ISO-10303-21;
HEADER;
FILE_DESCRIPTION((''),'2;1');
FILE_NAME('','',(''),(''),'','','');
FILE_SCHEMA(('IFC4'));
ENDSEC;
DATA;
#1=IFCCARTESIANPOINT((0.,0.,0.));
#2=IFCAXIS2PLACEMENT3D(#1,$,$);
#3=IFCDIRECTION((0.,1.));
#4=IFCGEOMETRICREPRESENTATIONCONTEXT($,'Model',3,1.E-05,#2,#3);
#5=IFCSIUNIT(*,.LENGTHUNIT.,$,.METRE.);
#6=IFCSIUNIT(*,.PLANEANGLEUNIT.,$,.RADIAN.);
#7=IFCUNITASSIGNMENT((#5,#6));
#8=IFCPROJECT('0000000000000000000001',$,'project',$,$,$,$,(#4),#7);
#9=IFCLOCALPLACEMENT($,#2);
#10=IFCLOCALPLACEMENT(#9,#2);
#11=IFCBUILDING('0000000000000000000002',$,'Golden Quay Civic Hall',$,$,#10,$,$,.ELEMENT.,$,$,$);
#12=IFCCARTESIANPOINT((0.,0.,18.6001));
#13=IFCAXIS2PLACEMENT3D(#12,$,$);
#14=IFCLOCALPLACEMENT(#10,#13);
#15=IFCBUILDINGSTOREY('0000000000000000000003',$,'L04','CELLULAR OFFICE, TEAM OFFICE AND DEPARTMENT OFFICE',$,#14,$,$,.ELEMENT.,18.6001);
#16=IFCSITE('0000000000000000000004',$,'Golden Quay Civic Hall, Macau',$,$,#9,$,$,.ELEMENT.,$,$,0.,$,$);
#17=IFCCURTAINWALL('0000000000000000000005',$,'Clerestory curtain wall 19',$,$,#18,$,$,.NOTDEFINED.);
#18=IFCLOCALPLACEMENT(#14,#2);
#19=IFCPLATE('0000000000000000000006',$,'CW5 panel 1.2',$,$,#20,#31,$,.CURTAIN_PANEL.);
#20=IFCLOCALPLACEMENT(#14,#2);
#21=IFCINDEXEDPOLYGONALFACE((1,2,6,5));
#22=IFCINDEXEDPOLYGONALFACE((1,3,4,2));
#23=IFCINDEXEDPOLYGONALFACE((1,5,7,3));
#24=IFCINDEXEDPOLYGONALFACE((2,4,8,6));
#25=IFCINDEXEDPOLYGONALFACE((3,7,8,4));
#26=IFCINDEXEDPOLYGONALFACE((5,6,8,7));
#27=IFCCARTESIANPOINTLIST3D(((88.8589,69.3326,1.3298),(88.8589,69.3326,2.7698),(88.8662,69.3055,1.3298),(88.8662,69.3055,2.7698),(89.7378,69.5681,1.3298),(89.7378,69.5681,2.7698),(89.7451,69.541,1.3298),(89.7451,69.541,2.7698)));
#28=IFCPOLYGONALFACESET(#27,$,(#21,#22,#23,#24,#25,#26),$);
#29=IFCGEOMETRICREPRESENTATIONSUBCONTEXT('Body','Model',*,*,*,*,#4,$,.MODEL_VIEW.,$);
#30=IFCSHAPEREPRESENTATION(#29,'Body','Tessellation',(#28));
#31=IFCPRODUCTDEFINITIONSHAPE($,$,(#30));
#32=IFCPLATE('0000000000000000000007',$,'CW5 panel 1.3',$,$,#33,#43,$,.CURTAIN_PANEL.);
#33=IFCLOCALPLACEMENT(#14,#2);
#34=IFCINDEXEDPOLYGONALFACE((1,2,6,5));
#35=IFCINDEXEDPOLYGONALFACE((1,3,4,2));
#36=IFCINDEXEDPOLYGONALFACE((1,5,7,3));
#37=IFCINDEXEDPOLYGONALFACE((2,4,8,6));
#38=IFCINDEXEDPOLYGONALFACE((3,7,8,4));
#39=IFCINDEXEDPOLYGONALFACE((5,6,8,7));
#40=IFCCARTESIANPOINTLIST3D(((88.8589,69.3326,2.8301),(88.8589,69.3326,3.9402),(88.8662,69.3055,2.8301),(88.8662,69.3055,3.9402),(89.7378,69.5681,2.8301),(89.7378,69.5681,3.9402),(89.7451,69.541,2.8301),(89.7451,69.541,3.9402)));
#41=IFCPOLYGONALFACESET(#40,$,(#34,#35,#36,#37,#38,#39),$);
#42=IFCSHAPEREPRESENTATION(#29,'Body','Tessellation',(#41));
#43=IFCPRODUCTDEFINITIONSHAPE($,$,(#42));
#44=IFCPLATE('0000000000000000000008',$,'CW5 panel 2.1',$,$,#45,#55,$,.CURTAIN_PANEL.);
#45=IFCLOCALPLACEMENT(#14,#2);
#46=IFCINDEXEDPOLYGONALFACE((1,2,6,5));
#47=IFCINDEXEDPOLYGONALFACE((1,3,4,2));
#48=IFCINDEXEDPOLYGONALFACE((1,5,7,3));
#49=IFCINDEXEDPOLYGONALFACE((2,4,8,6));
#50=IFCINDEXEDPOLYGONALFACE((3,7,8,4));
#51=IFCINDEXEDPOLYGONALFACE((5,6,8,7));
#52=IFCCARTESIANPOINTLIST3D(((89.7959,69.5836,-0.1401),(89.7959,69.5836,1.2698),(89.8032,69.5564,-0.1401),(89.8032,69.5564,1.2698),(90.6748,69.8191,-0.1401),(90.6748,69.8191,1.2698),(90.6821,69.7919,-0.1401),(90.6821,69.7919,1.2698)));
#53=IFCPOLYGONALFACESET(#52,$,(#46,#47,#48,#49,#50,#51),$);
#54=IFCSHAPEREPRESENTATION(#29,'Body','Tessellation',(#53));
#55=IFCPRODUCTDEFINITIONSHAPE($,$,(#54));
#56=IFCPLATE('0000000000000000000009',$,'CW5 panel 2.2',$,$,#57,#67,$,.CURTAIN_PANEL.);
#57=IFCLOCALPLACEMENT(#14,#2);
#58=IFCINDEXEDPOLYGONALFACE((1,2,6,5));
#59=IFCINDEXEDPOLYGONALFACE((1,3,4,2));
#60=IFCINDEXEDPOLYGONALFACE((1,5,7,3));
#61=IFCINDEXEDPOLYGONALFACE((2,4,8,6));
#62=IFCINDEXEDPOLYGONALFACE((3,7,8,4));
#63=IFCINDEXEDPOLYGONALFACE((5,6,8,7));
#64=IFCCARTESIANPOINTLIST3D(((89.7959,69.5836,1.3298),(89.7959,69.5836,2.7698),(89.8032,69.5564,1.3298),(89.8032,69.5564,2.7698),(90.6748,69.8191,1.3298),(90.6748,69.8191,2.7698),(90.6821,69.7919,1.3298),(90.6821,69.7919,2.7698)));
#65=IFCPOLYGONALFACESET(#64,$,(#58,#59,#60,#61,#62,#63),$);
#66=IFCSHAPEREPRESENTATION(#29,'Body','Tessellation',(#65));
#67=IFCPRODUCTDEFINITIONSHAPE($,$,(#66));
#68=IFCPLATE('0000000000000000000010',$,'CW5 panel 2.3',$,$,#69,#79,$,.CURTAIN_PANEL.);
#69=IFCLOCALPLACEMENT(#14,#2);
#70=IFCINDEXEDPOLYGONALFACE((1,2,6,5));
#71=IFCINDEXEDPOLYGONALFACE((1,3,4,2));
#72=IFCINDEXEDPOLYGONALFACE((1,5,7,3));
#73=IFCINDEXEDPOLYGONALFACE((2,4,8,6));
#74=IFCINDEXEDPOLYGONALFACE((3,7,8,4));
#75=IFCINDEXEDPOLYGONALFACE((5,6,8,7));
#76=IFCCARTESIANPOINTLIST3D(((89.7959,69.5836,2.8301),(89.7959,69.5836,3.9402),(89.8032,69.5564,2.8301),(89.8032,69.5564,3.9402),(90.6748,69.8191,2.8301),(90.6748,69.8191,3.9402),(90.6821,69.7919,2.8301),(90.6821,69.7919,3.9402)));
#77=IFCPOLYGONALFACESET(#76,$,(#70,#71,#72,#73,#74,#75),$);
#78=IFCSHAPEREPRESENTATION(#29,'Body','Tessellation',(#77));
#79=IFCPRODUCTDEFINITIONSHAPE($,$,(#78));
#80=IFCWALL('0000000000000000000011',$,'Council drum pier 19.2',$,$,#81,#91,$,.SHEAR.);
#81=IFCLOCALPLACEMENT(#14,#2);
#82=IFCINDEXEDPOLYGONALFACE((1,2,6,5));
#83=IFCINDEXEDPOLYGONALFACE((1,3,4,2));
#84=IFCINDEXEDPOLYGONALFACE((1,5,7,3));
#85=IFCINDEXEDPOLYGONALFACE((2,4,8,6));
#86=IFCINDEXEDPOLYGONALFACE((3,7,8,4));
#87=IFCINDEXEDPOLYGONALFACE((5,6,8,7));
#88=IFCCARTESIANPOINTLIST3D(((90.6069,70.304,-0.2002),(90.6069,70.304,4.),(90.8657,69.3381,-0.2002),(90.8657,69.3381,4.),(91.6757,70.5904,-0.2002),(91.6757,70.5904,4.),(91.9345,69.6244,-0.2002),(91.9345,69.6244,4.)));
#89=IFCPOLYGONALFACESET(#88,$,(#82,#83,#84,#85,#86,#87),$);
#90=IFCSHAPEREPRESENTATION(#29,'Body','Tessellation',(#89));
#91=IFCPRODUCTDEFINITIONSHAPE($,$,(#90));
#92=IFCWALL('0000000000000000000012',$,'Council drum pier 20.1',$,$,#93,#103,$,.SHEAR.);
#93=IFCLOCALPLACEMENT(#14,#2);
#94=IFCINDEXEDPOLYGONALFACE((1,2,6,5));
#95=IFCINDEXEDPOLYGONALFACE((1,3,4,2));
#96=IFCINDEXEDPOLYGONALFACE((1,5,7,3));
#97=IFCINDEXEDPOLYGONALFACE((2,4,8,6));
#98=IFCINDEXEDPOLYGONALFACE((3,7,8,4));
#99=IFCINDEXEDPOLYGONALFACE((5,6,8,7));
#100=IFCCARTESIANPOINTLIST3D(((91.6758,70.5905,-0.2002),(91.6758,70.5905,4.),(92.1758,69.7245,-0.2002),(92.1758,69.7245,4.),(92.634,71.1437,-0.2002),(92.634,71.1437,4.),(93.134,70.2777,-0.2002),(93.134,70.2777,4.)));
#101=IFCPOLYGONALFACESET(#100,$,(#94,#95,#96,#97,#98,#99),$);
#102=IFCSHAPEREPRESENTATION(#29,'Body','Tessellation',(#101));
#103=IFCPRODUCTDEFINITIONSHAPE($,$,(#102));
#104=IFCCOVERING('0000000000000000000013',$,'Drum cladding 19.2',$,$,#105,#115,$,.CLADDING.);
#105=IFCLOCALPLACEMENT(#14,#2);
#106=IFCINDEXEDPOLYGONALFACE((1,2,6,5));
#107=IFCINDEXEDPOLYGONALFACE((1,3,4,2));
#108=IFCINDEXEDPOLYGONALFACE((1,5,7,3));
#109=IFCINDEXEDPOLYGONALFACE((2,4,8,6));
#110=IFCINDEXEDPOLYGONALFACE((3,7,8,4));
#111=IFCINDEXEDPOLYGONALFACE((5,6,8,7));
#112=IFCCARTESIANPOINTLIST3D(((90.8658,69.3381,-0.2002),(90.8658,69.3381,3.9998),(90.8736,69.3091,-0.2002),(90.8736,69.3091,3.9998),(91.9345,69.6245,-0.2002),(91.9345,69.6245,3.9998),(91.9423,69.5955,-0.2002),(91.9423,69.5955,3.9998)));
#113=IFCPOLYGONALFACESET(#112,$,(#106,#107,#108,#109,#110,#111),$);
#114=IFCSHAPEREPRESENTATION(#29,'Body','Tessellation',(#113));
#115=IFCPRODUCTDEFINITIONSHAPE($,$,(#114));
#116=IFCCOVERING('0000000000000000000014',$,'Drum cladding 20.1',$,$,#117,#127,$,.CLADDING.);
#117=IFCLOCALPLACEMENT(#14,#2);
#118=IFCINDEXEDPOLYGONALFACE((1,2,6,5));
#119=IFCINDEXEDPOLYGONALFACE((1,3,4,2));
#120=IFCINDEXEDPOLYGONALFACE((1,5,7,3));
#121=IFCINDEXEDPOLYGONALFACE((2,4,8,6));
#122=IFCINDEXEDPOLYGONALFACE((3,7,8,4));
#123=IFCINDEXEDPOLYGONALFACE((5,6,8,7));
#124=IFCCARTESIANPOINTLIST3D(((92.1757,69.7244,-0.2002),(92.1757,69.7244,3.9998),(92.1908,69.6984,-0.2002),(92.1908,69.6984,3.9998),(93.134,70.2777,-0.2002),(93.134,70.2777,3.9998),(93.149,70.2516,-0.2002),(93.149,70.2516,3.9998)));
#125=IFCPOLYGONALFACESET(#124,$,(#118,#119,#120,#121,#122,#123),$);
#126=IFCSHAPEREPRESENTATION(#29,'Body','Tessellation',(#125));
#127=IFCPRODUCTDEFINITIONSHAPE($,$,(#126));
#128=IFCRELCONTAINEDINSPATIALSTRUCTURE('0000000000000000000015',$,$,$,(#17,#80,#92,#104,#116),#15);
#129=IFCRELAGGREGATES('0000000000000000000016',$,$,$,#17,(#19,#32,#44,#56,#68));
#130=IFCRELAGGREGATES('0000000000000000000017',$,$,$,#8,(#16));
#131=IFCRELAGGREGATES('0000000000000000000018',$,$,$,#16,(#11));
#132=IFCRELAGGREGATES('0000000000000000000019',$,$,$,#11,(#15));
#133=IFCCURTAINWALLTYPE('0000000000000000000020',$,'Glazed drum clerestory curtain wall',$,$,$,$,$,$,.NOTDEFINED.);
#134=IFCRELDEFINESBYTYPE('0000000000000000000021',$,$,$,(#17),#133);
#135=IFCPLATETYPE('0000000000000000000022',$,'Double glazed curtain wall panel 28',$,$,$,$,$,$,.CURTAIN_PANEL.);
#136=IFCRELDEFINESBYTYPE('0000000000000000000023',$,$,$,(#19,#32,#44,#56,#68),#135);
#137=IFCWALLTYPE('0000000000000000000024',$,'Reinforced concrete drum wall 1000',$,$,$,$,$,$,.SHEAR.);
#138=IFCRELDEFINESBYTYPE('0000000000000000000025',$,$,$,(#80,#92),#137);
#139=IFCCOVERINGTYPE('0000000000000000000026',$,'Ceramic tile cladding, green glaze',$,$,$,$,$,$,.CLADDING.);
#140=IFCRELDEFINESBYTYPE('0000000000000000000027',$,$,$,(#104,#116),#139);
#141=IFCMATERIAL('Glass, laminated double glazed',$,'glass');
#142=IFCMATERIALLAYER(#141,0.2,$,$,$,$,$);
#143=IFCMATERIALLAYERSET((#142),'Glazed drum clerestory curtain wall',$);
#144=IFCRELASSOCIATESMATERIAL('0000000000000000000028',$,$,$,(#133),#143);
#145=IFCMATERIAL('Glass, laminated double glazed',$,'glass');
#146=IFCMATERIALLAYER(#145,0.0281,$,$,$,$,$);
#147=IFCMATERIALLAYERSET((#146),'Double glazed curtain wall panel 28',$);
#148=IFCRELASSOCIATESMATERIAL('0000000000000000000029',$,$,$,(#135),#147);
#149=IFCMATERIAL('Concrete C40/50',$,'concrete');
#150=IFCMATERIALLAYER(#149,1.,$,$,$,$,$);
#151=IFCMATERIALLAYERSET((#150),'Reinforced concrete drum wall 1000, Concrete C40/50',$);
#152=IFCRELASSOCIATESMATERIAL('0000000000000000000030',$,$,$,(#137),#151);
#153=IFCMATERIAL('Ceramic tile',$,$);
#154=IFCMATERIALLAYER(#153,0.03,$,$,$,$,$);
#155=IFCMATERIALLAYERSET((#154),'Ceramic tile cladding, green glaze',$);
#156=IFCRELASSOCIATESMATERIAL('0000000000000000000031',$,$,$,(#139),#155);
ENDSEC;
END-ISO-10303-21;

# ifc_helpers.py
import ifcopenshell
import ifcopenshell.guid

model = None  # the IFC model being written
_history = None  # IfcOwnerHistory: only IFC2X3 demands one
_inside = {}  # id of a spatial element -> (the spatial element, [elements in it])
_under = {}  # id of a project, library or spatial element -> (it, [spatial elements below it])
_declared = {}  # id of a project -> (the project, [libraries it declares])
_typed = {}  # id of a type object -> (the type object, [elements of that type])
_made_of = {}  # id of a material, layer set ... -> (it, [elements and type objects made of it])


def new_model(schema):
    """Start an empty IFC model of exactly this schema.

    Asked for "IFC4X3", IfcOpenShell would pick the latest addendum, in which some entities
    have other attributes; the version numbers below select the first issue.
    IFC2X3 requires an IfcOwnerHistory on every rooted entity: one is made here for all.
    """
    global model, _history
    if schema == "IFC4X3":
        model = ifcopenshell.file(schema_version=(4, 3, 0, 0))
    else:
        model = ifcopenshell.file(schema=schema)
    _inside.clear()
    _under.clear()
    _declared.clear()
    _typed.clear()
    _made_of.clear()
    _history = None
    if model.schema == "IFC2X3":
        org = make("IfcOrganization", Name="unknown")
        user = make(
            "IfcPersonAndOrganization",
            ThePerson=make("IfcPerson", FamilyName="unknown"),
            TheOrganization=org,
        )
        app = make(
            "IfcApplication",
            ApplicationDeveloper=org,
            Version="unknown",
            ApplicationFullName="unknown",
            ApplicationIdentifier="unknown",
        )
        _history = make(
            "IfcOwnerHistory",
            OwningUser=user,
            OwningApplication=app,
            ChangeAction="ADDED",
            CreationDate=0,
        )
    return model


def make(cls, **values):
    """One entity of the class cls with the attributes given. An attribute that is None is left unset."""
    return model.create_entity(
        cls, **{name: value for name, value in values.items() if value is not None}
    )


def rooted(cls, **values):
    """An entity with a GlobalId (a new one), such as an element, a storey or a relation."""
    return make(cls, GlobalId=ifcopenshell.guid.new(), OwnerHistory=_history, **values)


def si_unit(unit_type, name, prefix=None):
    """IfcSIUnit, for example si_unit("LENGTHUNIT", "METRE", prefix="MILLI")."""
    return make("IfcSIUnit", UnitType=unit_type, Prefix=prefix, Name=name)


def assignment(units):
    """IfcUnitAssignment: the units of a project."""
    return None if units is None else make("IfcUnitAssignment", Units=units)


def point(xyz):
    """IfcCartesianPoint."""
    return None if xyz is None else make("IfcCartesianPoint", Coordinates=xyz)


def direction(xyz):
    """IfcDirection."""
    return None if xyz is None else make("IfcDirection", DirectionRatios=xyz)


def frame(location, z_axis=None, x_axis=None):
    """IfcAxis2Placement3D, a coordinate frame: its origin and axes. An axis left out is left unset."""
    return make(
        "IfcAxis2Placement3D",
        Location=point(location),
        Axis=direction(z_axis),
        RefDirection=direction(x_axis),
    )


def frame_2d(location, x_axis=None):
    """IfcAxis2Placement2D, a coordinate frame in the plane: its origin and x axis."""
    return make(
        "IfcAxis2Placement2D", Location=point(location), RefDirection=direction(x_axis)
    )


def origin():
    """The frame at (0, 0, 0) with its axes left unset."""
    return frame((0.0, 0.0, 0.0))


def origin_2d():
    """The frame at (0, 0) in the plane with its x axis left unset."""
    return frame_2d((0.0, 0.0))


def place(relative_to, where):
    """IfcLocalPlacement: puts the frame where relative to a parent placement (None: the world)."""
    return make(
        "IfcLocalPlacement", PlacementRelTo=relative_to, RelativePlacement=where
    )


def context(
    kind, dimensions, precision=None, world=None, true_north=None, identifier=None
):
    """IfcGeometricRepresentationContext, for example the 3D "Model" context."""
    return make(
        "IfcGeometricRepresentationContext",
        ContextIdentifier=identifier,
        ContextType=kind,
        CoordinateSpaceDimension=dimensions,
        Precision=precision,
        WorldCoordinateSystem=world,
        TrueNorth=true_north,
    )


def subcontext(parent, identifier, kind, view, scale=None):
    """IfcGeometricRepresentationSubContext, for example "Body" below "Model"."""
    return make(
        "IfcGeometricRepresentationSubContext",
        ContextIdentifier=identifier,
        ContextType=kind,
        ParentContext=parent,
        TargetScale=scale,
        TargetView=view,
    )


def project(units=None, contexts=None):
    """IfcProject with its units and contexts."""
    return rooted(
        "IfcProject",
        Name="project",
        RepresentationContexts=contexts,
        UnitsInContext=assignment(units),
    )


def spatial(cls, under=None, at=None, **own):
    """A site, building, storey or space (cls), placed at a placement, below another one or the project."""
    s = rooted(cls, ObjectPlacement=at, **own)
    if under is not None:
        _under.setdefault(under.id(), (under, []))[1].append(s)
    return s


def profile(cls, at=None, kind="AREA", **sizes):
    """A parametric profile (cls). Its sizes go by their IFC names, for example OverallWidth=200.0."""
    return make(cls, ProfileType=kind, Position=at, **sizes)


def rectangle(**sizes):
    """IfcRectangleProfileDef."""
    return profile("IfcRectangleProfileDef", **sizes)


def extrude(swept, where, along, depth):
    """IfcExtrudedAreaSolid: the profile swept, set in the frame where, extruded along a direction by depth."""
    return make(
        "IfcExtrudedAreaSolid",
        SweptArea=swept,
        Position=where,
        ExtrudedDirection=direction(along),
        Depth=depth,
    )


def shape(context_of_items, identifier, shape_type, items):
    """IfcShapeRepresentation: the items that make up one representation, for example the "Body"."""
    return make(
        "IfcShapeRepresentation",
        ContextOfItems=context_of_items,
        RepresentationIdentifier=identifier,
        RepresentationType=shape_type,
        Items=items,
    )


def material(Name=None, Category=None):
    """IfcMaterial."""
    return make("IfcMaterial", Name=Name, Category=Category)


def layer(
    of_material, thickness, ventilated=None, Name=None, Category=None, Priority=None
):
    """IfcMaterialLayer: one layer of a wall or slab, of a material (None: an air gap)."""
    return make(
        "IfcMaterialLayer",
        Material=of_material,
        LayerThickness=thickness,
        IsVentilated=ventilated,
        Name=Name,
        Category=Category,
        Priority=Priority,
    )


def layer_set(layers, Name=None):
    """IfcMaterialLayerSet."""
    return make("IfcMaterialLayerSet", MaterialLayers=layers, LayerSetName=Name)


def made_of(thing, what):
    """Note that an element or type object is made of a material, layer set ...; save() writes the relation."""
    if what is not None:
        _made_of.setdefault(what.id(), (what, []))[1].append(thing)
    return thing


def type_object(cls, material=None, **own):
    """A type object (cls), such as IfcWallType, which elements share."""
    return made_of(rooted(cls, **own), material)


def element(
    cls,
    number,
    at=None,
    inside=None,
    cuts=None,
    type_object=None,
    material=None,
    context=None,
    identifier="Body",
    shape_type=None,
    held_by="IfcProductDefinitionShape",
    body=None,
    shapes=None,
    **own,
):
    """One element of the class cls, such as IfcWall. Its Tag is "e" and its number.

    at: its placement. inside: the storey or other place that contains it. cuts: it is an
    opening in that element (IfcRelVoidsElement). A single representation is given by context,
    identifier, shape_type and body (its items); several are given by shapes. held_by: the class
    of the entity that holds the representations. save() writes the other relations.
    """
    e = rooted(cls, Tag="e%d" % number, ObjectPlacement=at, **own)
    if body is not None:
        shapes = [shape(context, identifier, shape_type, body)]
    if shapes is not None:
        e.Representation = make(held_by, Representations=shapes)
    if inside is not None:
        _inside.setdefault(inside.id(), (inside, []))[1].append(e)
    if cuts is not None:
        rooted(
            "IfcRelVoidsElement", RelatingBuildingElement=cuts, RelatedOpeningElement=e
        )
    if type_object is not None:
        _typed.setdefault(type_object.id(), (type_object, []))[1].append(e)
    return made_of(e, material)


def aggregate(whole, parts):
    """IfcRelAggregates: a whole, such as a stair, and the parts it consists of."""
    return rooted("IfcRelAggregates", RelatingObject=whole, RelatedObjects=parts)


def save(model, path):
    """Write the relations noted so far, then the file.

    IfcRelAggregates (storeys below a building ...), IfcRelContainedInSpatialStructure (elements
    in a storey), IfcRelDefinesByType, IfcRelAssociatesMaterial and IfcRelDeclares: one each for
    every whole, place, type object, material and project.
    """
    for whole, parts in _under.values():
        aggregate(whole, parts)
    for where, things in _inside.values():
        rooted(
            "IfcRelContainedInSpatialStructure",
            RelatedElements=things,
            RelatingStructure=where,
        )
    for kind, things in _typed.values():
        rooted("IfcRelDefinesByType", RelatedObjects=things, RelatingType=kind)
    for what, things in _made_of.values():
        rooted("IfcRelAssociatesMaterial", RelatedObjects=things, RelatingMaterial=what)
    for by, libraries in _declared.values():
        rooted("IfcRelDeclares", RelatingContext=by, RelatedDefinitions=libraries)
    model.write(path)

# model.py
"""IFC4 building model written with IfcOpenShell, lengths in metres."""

from ifc_helpers import new_model, si_unit, direction, frame, frame_2d, origin, origin_2d, place, context, subcontext, project, spatial, rectangle, extrude, material, layer, layer_set, type_object, element, aggregate, save


model = new_model("IFC4")

# Units and contexts
model_context = context("Model", 3, precision=1e-05, world=origin(), true_north=direction((0.0, 1.0)))
body_context = subcontext(model_context, "Body", "Model", "MODEL_VIEW")
ifc_project = project(units=[si_unit("LENGTHUNIT", "METRE"), si_unit("PLANEANGLEUNIT", "RADIAN")], contexts=[model_context])

# Site, building, storey
site_placement = place(None, origin())
site = spatial("IfcSite", under=ifc_project, at=site_placement, Name="Golden Quay Civic Hall, Macau", CompositionType="ELEMENT", RefElevation=0.0)
building_placement = place(site_placement, origin())
building = spatial("IfcBuilding", under=site, at=building_placement, Name="Golden Quay Civic Hall", CompositionType="ELEMENT")
storey_placement = place(building_placement, frame((0.0, 0.0, 18.6001)))
storey = spatial("IfcBuildingStorey", under=building, at=storey_placement, Name="L04", Description="CELLULAR OFFICE, TEAM OFFICE AND DEPARTMENT OFFICE", CompositionType="ELEMENT", Elevation=18.6001)

# Curtain wall
ifc_material_1 = material(Name="Glass, laminated double glazed", Category="glass")
ifc_layer_1 = layer(ifc_material_1, 0.2)
ifc_layer_set_1 = layer_set([ifc_layer_1], Name="Glazed drum clerestory curtain wall")
curtain_wall_type = type_object("IfcCurtainWallType", Name="Glazed drum clerestory curtain wall", PredefinedType="NOTDEFINED", material=ifc_layer_set_1)
curtain_wall_1_placement = place(storey_placement, origin())
curtain_wall_1 = element("IfcCurtainWall", 1, at=curtain_wall_1_placement, inside=storey, type_object=curtain_wall_type, Name="Clerestory curtain wall 19", PredefinedType="NOTDEFINED")

# Plates
ifc_material_2 = material(Name="Glass, laminated double glazed", Category="glass")
ifc_layer_2 = layer(ifc_material_2, 0.0281)
ifc_layer_set_2 = layer_set([ifc_layer_2], Name="Double glazed curtain wall panel 28")
plate_type = type_object("IfcPlateType", Name="Double glazed curtain wall panel 28", PredefinedType="CURTAIN_PANEL", material=ifc_layer_set_2)
plate_1_placement = place(storey_placement, frame((89.302, 69.4368, 1.3298), z_axis=(0.0, 0.0, 1.0), x_axis=(0.965929, 0.258808, 0.0)))
plate_1 = element("IfcPlate", 2, at=plate_1_placement, type_object=plate_type, Name="CW5 panel 1.2", PredefinedType="CURTAIN_PANEL", context=body_context, shape_type="SweptSolid", body=[
    extrude(rectangle(XDim=0.9099, YDim=0.0281, at=origin_2d()), origin(), (0.0, 0.0, 1.0), 1.4399),
])
plate_2_placement = place(storey_placement, frame((89.302, 69.4368, 2.8301), z_axis=(0.0, 0.0, 1.0), x_axis=(0.965929, 0.258808, 0.0)))
plate_2 = element("IfcPlate", 3, at=plate_2_placement, type_object=plate_type, Name="CW5 panel 1.3", PredefinedType="CURTAIN_PANEL", context=body_context, shape_type="SweptSolid", body=[
    extrude(rectangle(XDim=0.9099, YDim=0.0281, at=origin_2d()), origin(), (0.0, 0.0, 1.0), 1.1101),
])
plate_3_placement = place(storey_placement, frame((90.239, 69.6877, -0.1401), z_axis=(0.0, 0.0, 1.0), x_axis=(0.965929, 0.258808, 0.0)))
plate_3 = element("IfcPlate", 4, at=plate_3_placement, type_object=plate_type, Name="CW5 panel 2.1", PredefinedType="CURTAIN_PANEL", context=body_context, shape_type="SweptSolid", body=[
    extrude(rectangle(XDim=0.9099, YDim=0.0281, at=origin_2d()), origin(), (0.0, 0.0, 1.0), 1.4099),
])
plate_4_placement = place(storey_placement, frame((90.239, 69.6877, 1.3298), z_axis=(0.0, 0.0, 1.0), x_axis=(0.965929, 0.258808, 0.0)))
plate_4 = element("IfcPlate", 5, at=plate_4_placement, type_object=plate_type, Name="CW5 panel 2.2", PredefinedType="CURTAIN_PANEL", context=body_context, shape_type="SweptSolid", body=[
    extrude(rectangle(XDim=0.9099, YDim=0.0281, at=origin_2d()), origin(), (0.0, 0.0, 1.0), 1.4399),
])
plate_5_placement = place(storey_placement, frame((90.239, 69.6877, 2.8301), z_axis=(0.0, 0.0, 1.0), x_axis=(0.965929, 0.258808, 0.0)))
plate_5 = element("IfcPlate", 6, at=plate_5_placement, type_object=plate_type, Name="CW5 panel 2.3", PredefinedType="CURTAIN_PANEL", context=body_context, shape_type="SweptSolid", body=[
    extrude(rectangle(XDim=0.9099, YDim=0.0281, at=origin_2d()), origin(), (0.0, 0.0, 1.0), 1.1101),
])
aggregate(curtain_wall_1, [plate_1, plate_2, plate_3, plate_4, plate_5])

# Walls
ifc_material_3 = material(Name="Concrete C40/50", Category="concrete")
ifc_layer_3 = layer(ifc_material_3, 1.0)
ifc_layer_set_3 = layer_set([ifc_layer_3], Name="Reinforced concrete drum wall 1000, Concrete C40/50")
wall_type = type_object("IfcWallType", Name="Reinforced concrete drum wall 1000", PredefinedType="SHEAR", material=ifc_layer_set_3)
for number, where, z_axis, x_axis, name in (
    (7, (90.7363, 69.821, -0.2002), (0.0, 0.0, 1.0), (0.96593, 0.258802, 0.0), "Council drum pier 19.2"),
    (8, (91.9258, 70.1575, -0.2002), (0.0, 0.0, 1.0), (0.866035, 0.499983, 0.0), "Council drum pier 20.1"),
):
    element("IfcWall", number, at=place(storey_placement, frame(where, z_axis=z_axis, x_axis=x_axis)), inside=storey, type_object=wall_type, Name=name, PredefinedType="SHEAR", context=body_context, shape_type="SweptSolid", body=[
        extrude(rectangle(XDim=1.1064, YDim=1.0, at=frame_2d((0.5532, 0.0))), origin(), (0.0, 0.0, 1.0), 4.2002),
    ])

# Coverings
ifc_material_4 = material(Name="Ceramic tile")
ifc_layer_4 = layer(ifc_material_4, 0.03)
ifc_layer_set_4 = layer_set([ifc_layer_4], Name="Ceramic tile cladding, green glaze")
covering_type = type_object("IfcCoveringType", Name="Ceramic tile cladding, green glaze", PredefinedType="CLADDING", material=ifc_layer_set_4)
for number, where, z_axis, x_axis, name in (
    (9, (91.4041, 69.4668, -0.2002), (0.0, 0.0, 1.0), (0.965926, 0.258819, 0.0), "Drum cladding 19.2"),
    (10, (92.6624, 69.988, -0.2002), (0.0, 0.0, 1.0), (0.866025, 0.5, 0.0), "Drum cladding 20.1"),
):
    element("IfcCovering", number, at=place(storey_placement, frame(where, z_axis=z_axis, x_axis=x_axis)), inside=storey, type_object=covering_type, Name=name, PredefinedType="CLADDING", context=body_context, shape_type="SweptSolid", body=[
        extrude(rectangle(XDim=1.1064, YDim=0.03, at=origin_2d()), origin(), (0.0, 0.0, 1.0), 4.2),
    ])

save(model, "model.ifc")
